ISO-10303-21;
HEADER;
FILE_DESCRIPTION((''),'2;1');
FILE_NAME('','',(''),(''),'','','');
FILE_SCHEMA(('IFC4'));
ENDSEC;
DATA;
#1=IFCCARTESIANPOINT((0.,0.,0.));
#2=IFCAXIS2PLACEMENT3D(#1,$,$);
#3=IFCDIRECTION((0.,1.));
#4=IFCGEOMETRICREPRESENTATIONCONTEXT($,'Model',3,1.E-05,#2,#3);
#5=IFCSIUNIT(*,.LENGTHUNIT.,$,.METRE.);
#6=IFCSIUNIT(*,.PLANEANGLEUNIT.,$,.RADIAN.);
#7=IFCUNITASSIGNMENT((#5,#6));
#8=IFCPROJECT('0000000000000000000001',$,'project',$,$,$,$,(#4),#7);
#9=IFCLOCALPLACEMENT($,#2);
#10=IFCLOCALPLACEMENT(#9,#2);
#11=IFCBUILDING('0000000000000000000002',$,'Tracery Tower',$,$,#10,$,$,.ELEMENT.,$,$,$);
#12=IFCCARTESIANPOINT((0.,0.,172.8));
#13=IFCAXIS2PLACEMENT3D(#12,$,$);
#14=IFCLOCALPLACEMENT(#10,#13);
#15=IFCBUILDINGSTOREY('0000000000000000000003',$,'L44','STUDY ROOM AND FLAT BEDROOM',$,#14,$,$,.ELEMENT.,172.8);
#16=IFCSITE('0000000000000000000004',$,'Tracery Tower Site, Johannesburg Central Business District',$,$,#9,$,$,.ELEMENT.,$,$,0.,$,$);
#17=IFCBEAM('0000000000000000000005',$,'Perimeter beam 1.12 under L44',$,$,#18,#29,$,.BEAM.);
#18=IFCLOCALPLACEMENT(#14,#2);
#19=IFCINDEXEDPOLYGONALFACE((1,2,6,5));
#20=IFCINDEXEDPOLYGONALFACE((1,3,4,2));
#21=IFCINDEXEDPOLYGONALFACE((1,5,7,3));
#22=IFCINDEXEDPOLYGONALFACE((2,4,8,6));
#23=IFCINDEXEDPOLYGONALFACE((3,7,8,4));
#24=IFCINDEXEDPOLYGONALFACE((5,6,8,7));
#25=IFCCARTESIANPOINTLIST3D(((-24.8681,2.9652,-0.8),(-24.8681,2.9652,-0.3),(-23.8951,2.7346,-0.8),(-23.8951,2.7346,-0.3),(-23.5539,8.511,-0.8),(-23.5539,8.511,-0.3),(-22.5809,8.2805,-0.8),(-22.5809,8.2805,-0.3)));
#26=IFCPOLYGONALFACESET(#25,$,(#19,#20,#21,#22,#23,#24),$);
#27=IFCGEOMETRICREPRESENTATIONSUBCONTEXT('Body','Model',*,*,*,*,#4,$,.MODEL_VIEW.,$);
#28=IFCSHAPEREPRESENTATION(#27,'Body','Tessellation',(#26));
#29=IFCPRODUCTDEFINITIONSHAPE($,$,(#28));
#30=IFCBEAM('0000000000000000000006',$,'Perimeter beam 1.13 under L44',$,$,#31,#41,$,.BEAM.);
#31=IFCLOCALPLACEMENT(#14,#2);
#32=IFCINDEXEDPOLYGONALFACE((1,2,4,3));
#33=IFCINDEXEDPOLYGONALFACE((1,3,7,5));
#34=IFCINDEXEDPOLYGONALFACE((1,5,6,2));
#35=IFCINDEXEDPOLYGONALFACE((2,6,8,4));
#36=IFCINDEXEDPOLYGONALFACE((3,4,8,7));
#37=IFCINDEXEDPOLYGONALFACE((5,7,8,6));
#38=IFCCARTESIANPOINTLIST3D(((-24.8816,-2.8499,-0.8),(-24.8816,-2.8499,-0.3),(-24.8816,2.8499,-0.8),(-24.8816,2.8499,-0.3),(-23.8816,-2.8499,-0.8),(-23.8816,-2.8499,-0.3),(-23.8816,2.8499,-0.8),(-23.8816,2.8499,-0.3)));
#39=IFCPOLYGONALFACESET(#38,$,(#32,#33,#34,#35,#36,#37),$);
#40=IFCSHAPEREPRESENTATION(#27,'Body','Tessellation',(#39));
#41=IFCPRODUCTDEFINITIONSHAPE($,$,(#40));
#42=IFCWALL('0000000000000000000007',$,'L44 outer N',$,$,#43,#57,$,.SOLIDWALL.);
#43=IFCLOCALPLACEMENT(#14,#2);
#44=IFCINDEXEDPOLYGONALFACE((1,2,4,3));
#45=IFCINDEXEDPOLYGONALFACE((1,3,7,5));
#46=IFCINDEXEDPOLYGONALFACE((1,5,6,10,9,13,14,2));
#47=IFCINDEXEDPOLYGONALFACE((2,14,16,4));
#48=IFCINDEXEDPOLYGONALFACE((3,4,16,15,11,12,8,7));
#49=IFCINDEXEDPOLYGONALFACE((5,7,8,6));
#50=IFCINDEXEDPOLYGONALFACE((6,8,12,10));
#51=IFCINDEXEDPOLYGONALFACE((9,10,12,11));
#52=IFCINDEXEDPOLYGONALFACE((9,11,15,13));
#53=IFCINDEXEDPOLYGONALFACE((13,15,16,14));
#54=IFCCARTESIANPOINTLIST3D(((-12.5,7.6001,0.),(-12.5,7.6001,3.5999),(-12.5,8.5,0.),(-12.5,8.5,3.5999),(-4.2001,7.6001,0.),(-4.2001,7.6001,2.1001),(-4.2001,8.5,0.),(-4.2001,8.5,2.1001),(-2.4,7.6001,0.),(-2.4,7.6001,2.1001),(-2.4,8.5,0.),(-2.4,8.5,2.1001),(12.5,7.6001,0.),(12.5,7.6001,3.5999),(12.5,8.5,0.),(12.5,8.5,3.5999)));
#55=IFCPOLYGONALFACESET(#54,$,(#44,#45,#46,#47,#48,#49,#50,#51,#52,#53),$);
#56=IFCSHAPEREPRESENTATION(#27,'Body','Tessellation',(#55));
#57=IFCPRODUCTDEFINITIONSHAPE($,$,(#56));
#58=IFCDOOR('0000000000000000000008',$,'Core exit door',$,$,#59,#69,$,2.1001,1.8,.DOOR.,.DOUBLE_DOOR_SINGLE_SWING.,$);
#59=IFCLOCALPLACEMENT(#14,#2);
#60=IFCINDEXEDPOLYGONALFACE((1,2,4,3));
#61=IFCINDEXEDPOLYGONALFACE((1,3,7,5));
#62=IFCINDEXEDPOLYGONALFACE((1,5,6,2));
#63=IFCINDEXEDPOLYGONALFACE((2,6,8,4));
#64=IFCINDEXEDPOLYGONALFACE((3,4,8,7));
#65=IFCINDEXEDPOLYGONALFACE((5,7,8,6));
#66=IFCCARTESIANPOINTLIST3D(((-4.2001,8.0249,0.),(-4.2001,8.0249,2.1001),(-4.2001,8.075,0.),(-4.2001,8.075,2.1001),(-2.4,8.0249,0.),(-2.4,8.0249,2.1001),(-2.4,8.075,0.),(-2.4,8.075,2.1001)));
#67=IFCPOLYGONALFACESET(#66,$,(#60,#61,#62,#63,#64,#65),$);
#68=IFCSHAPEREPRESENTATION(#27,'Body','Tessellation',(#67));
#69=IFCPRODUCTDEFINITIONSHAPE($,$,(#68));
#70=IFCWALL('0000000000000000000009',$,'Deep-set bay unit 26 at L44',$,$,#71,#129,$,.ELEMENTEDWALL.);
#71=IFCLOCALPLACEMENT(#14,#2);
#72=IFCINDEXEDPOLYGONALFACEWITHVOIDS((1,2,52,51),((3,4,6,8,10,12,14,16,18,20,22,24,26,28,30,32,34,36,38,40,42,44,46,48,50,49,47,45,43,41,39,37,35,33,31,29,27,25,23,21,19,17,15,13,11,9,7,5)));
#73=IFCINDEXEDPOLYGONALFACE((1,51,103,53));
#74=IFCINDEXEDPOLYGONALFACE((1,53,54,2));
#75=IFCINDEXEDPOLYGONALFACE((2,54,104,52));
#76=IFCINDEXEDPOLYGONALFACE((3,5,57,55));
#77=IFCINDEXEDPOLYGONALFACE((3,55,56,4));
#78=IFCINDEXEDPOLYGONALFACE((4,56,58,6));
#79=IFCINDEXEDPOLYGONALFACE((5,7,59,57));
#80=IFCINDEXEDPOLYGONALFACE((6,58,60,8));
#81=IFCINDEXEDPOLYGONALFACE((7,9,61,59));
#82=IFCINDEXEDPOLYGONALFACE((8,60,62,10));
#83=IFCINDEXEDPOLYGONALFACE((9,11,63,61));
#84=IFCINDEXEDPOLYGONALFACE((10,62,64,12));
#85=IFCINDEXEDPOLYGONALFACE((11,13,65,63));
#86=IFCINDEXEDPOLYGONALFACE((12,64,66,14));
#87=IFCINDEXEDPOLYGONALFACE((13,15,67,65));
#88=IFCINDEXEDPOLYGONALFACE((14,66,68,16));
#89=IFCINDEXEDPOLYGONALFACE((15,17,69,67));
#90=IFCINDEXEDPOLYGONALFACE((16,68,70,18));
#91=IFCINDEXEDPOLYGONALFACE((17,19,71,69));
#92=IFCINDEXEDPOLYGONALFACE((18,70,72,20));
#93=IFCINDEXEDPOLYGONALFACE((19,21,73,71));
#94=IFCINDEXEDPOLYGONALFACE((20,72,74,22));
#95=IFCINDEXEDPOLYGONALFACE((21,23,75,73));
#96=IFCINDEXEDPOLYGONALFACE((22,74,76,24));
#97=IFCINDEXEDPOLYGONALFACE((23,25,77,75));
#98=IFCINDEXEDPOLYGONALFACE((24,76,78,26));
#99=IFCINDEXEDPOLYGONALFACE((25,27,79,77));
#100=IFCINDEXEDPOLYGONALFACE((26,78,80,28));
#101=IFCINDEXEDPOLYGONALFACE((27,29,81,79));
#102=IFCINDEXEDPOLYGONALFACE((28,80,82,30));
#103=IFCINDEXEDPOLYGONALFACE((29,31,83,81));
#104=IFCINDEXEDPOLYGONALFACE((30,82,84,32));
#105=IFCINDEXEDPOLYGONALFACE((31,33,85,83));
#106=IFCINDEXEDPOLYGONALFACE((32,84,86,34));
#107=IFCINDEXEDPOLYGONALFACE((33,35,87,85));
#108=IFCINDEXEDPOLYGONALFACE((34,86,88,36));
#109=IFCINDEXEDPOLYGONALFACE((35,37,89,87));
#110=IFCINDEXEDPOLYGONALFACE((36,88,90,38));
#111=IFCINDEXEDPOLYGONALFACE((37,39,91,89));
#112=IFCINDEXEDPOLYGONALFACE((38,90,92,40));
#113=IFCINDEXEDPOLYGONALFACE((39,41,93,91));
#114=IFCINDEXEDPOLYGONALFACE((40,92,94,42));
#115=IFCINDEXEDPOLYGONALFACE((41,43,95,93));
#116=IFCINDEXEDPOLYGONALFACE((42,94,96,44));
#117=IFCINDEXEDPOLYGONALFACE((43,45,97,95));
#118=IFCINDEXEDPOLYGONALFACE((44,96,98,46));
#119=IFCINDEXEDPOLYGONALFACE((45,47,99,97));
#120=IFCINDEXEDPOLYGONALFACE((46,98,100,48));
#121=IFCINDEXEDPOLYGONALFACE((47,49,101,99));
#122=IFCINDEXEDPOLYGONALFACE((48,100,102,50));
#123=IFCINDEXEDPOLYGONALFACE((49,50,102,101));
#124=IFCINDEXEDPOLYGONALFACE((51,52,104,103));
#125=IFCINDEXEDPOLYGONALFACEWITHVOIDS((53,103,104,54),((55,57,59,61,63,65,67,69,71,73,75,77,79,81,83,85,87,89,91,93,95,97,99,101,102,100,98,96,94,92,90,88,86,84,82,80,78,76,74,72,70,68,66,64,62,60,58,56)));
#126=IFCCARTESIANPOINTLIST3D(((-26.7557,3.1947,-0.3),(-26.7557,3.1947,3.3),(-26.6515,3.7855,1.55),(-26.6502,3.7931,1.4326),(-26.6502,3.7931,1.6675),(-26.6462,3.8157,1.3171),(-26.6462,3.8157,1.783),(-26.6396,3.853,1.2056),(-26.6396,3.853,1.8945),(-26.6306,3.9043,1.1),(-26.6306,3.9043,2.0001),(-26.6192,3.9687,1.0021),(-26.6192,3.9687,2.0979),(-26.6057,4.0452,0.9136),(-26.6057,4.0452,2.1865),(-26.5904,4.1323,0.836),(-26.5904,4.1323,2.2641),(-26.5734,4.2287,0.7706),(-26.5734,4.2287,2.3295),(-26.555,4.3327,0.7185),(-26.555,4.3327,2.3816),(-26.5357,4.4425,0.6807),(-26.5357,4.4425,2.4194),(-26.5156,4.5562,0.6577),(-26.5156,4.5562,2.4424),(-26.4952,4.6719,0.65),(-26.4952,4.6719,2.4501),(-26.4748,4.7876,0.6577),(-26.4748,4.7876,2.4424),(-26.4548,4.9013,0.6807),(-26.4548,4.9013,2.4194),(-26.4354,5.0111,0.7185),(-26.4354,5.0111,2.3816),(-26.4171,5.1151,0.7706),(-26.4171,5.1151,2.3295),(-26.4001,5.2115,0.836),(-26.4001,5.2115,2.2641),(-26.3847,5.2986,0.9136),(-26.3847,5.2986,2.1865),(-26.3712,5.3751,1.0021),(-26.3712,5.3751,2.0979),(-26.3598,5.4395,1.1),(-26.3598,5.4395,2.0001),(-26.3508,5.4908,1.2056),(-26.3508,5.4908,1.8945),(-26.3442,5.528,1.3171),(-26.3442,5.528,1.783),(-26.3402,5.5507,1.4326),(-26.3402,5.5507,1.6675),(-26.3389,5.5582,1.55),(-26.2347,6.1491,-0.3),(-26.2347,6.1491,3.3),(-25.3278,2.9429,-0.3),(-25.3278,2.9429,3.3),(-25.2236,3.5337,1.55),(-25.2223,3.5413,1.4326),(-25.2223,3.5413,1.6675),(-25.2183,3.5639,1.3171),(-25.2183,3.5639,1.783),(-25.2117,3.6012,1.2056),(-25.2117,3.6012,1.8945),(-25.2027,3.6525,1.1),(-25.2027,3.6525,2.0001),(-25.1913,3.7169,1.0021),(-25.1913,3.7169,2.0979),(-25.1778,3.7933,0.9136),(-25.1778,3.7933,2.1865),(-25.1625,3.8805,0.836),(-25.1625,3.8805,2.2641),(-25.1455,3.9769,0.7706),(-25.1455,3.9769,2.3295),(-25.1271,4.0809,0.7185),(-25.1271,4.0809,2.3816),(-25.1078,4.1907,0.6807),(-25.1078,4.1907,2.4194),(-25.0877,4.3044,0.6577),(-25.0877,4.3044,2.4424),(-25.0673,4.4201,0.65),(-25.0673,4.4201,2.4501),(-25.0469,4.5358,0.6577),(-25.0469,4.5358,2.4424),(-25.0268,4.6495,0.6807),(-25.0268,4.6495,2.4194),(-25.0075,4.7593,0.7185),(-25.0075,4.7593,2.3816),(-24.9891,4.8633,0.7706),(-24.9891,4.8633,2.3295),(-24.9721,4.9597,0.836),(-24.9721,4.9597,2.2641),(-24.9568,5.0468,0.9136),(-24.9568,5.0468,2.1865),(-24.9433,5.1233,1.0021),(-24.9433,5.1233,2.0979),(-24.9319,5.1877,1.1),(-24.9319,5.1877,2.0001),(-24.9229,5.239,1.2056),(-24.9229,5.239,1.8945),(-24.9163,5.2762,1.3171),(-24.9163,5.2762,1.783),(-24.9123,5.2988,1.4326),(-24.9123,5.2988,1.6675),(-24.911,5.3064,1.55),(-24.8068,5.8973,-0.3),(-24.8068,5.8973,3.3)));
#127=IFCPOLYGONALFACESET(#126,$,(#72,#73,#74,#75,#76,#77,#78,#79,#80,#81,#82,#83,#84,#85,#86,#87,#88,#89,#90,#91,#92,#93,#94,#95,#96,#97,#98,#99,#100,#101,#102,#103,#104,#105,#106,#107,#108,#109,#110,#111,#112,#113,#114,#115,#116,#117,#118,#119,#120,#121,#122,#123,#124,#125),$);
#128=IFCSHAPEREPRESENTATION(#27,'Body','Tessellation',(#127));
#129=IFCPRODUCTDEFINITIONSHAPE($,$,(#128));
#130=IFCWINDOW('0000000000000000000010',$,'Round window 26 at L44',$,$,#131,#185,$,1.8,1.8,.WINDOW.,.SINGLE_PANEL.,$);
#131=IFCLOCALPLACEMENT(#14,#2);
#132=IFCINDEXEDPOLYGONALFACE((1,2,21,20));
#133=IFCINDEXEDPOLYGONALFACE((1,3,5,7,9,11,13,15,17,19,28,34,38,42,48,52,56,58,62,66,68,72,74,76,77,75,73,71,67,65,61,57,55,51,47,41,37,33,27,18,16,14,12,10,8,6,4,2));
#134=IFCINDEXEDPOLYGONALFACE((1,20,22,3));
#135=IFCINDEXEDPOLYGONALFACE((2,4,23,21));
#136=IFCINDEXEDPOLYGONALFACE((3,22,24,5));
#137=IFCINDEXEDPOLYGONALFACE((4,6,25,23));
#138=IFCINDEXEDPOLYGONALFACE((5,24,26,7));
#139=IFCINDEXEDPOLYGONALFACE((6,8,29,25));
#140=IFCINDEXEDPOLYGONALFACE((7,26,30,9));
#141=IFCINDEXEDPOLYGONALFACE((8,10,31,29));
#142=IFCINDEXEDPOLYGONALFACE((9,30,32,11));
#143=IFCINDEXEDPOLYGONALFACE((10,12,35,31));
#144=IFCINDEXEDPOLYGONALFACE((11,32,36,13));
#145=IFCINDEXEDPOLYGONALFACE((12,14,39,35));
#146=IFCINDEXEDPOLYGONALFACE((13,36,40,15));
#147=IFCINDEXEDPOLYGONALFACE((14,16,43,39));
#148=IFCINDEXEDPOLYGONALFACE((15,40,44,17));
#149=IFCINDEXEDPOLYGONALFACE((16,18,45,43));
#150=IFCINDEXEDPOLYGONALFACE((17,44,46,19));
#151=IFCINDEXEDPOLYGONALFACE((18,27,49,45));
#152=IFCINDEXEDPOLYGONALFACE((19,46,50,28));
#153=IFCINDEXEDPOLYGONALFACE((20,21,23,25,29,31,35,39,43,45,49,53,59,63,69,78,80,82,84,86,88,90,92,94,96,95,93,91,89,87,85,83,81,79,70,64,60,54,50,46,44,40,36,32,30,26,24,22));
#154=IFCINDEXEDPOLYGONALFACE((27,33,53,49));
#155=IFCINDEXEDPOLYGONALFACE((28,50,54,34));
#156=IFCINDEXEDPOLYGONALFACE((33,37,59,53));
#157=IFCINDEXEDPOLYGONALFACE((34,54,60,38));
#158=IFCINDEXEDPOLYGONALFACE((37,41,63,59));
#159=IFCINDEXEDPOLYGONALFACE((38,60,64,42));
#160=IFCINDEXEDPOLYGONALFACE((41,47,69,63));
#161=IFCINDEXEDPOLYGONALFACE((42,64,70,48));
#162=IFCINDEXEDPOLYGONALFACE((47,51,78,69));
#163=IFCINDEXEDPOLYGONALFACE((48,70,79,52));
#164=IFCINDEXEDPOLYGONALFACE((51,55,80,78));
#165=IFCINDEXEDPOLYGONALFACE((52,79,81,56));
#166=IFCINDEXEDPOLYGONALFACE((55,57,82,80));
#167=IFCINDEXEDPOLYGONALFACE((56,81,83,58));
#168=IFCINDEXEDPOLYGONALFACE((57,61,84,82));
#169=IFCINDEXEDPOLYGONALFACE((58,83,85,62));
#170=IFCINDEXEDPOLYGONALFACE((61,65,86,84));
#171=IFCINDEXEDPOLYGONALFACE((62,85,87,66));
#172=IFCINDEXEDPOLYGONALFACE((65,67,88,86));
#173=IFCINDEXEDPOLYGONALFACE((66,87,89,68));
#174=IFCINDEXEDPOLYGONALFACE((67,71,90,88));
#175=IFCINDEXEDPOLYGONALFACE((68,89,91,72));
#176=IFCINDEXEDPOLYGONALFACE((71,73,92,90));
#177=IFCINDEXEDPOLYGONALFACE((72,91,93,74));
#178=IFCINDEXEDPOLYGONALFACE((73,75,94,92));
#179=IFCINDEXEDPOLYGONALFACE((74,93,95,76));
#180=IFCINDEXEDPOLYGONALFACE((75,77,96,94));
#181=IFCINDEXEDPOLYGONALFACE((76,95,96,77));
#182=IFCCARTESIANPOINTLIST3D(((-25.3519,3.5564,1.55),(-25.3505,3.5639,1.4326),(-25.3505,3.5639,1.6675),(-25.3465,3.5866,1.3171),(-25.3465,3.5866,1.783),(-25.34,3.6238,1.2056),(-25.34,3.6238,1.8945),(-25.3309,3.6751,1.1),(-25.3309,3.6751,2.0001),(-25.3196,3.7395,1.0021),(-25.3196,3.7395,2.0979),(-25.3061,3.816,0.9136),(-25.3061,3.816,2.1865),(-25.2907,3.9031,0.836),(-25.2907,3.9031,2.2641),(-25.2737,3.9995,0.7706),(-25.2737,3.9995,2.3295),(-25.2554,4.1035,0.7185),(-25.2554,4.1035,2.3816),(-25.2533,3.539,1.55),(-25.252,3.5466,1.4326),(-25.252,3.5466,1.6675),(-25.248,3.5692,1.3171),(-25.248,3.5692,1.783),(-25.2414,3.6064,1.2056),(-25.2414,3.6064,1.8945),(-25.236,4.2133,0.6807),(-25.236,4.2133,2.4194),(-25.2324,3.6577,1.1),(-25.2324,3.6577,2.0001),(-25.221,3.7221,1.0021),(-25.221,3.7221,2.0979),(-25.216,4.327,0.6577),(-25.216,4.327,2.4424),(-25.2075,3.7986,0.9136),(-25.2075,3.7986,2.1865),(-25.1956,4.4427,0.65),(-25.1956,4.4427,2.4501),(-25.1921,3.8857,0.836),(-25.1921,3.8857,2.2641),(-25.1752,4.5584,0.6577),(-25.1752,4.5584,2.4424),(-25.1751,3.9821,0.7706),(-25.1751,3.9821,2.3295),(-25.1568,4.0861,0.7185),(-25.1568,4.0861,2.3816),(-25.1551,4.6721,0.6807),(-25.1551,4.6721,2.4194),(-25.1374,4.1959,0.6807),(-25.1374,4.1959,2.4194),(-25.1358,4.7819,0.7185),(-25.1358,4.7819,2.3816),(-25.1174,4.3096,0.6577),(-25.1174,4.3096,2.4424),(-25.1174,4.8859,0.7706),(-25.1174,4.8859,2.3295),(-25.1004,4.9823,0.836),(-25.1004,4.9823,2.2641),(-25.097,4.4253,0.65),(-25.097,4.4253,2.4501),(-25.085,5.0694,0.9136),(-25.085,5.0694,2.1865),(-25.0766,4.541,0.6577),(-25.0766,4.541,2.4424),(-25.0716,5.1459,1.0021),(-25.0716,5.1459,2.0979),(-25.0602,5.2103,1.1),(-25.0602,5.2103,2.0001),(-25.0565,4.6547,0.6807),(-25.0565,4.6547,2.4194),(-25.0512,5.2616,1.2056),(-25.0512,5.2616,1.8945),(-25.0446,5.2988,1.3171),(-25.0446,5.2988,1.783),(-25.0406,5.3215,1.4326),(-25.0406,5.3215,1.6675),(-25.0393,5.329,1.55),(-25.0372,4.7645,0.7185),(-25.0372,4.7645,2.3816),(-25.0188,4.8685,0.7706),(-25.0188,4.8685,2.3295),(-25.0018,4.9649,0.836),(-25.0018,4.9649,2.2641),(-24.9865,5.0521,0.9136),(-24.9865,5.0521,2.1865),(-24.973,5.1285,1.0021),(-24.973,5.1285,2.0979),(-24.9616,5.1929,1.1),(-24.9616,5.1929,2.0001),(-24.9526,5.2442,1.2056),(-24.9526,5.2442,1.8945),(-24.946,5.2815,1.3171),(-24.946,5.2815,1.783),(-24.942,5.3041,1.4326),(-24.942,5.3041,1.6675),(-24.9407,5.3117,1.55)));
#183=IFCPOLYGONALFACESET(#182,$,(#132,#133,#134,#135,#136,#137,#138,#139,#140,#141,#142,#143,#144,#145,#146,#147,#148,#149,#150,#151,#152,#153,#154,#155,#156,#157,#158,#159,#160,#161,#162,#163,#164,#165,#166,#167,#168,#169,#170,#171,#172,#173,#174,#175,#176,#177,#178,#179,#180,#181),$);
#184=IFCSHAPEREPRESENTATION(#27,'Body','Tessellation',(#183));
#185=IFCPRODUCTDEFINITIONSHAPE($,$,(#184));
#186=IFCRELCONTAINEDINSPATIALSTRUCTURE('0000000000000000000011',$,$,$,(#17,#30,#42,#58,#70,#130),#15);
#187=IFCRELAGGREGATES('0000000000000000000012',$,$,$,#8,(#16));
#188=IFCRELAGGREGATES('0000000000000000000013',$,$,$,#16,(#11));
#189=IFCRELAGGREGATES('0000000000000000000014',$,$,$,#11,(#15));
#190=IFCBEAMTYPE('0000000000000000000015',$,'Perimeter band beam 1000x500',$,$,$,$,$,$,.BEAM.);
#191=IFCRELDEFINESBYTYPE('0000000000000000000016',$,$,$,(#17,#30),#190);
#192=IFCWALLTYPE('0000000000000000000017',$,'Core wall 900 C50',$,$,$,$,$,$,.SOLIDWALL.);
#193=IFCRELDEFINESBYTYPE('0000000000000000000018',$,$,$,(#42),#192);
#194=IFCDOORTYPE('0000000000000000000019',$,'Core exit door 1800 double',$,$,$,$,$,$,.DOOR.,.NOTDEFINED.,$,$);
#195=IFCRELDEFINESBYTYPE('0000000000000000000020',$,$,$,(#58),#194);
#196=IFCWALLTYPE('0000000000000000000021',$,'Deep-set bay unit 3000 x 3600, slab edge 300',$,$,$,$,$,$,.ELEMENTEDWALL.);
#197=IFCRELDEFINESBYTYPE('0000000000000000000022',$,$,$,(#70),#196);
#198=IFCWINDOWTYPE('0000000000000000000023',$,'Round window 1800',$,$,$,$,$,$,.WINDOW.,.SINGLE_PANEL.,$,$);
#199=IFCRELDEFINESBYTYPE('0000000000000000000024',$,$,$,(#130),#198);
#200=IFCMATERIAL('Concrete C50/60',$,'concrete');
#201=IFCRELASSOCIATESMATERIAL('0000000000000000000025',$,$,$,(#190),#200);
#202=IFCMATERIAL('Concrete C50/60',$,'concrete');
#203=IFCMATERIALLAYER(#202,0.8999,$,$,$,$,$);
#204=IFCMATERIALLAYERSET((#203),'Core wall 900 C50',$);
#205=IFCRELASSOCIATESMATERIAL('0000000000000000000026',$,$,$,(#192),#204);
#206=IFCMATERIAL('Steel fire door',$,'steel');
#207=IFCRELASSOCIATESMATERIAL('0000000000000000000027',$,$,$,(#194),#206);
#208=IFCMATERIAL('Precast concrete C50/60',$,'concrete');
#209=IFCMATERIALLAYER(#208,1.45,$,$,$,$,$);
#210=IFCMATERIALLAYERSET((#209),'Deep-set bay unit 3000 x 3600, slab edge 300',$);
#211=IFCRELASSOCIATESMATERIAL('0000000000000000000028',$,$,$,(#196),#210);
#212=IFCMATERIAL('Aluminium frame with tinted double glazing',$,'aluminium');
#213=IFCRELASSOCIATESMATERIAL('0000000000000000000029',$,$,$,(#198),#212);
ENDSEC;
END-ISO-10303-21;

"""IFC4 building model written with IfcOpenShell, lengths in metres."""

from ifc_helpers import new_model, si_unit, direction, frame, frame_2d, origin, origin_2d, place, context, subcontext, project, spatial, rectangle, circle, extrude, material, layer, layer_set, material_profile, profile_set, type_object, element, fill, save


model = new_model("IFC4")

# Units and contexts
model_context = context("Model", 3, precision=1e-05, world=origin(), true_north=direction((0.0, 1.0)))
body_context = subcontext(model_context, "Body", "Model", "MODEL_VIEW")
ifc_project = project(units=[si_unit("LENGTHUNIT", "METRE"), si_unit("PLANEANGLEUNIT", "RADIAN")], contexts=[model_context])

# Site, building, storey
site_placement = place(None, origin())
site = spatial("IfcSite", under=ifc_project, at=site_placement, Name="Tracery Tower Site, Johannesburg Central Business District", CompositionType="ELEMENT", RefElevation=0.0)
building_placement = place(site_placement, origin())
building = spatial("IfcBuilding", under=site, at=building_placement, Name="Tracery Tower", CompositionType="ELEMENT")
storey_placement = place(building_placement, frame((0.0, 0.0, 172.8)))
storey = spatial("IfcBuildingStorey", under=building, at=storey_placement, Name="L44", Description="STUDY ROOM AND FLAT BEDROOM", CompositionType="ELEMENT", Elevation=172.8)

# Beams
ifc_material_1 = material(Name="Concrete C50/60", Category="concrete")
ifc_material_profile_1 = material_profile(ifc_material_1, rectangle(XDim=1.0, YDim=0.5, at=origin_2d()), Name="RC 1000x500")
ifc_profile_set_1 = profile_set([ifc_material_profile_1], Name="Concrete C50/60")
beam_type = type_object("IfcBeamType", Name="Perimeter band beam 1000x500", PredefinedType="BEAM", material=ifc_profile_set_1)
beam_1_placement = place(storey_placement, frame((-23.0674, 8.3958, -0.55), z_axis=(-0.230584, -0.973052, 0.0), x_axis=(0.973052, -0.230584, 0.0)))
element("IfcBeam", 1, at=beam_1_placement, inside=storey, type_object=beam_type, Name="Perimeter beam 1.12 under L44", PredefinedType="BEAM", context=body_context, shape_type="SweptSolid", body=[
    extrude(rectangle(XDim=1.0, YDim=0.5, at=origin_2d()), origin(), (0.0, 0.0, 1.0), 5.6995),
])
beam_2_placement = place(storey_placement, frame((-24.3816, 2.8499, -0.55), z_axis=(0.0, -1.0, 0.0), x_axis=(1.0, 0.0, 0.0)))
element("IfcBeam", 2, at=beam_2_placement, inside=storey, type_object=beam_type, Name="Perimeter beam 1.13 under L44", PredefinedType="BEAM", context=body_context, shape_type="SweptSolid", body=[
    extrude(rectangle(XDim=1.0, YDim=0.5, at=origin_2d()), origin(), (0.0, 0.0, 1.0), 5.6997),
])

# Wall, opening, door
ifc_material_2 = material(Name="Concrete C50/60", Category="concrete")
ifc_layer_1 = layer(ifc_material_2, 0.8999)
ifc_layer_set_1 = layer_set([ifc_layer_1], Name="Core wall 900 C50")
wall_type_1 = type_object("IfcWallType", Name="Core wall 900 C50", PredefinedType="SOLIDWALL", material=ifc_layer_set_1)
wall_1_placement = place(storey_placement, frame((-12.5, 8.05, 0.0), z_axis=(0.0, 0.0, 1.0), x_axis=(1.0, 0.0, 0.0)))
wall_1 = element("IfcWall", 3, at=wall_1_placement, inside=storey, type_object=wall_type_1, Name="L44 outer N", PredefinedType="SOLIDWALL", context=body_context, shape_type="SweptSolid", body=[
    extrude(rectangle(XDim=25.0, YDim=0.8999, at=frame_2d((12.5, 0.0))), origin(), (0.0, 0.0, 1.0), 3.5999),
])
opening_1_placement = place(wall_1_placement, frame((8.3, 0.0, 0.0)))
opening_1 = element("IfcOpeningElement", 4, at=opening_1_placement, cuts=wall_1, PredefinedType="OPENING", context=body_context, shape_type="SweptSolid", body=[
    extrude(rectangle(XDim=1.8, YDim=2.1001, at=frame_2d((0.8999, 1.05))), frame((0.0, 0.45, 0.0), z_axis=(0.0, -1.0, 0.0), x_axis=(1.0, 0.0, 0.0)), (0.0, 0.0, 1.0), 0.8999),
])
ifc_material_3 = material(Name="Steel fire door", Category="steel")
door_type_1 = type_object("IfcDoorType", Name="Core exit door 1800 double", OperationType="NOTDEFINED", PredefinedType="DOOR", material=ifc_material_3)
door_1_placement = place(opening_1_placement, origin())
door_1 = element("IfcDoor", 5, at=door_1_placement, inside=storey, type_object=door_type_1, Name="Core exit door", OperationType="DOUBLE_DOOR_SINGLE_SWING", OverallHeight=2.1001, OverallWidth=1.8, PredefinedType="DOOR", context=body_context, shape_type="SweptSolid", body=[
    extrude(rectangle(XDim=1.8, YDim=2.1001, at=frame_2d((0.8999, 1.05))), frame((0.0, 0.0249, 0.0), z_axis=(0.0, -1.0, 0.0), x_axis=(1.0, 0.0, 0.0)), (0.0, 0.0, 1.0), 0.05),
])
fill(opening_1, door_1)

# Wall, opening, window
ifc_material_4 = material(Name="Precast concrete C50/60", Category="concrete")
ifc_layer_2 = layer(ifc_material_4, 1.45)
ifc_layer_set_2 = layer_set([ifc_layer_2], Name="Deep-set bay unit 3000 x 3600, slab edge 300")
wall_type_2 = type_object("IfcWallType", Name="Deep-set bay unit 3000 x 3600, slab edge 300", PredefinedType="ELEMENTEDWALL", material=ifc_layer_set_2)
wall_2_placement = place(storey_placement, frame((-25.5208, 6.0232, -0.3), z_axis=(0.0, 0.0, 1.0), x_axis=(-0.173669, -0.984804, 0.0)))
wall_2 = element("IfcWall", 6, at=wall_2_placement, inside=storey, type_object=wall_type_2, Name="Deep-set bay unit 26 at L44", PredefinedType="ELEMENTEDWALL", context=body_context, shape_type="SweptSolid", body=[
    extrude(rectangle(XDim=3.0, YDim=1.45, at=frame_2d((1.5, 0.0))), origin(), (0.0, 0.0, 1.0), 3.6001),
])
opening_2_placement = place(wall_2_placement, frame((1.5, 0.0, 1.8501)))
opening_2 = element("IfcOpeningElement", 7, at=opening_2_placement, cuts=wall_2, PredefinedType="OPENING", context=body_context, shape_type="SweptSolid", body=[
    extrude(circle(Radius=0.9, at=origin_2d()), frame((0.0, 0.7349, 0.0), z_axis=(0.0, -1.0, 0.0), x_axis=(1.0, 0.0, 0.0)), (0.0, 0.0, 1.0), 1.47),
])
ifc_material_5 = material(Name="Aluminium frame with tinted double glazing", Category="aluminium")
window_type = type_object("IfcWindowType", Name="Round window 1800", PartitioningType="SINGLE_PANEL", PredefinedType="WINDOW", material=ifc_material_5)
window_1_placement = place(opening_2_placement, origin())
window_1 = element("IfcWindow", 8, at=window_1_placement, inside=storey, type_object=window_type, Name="Round window 26 at L44", OverallHeight=1.8, OverallWidth=1.8, PartitioningType="SINGLE_PANEL", PredefinedType="WINDOW", context=body_context, shape_type="SweptSolid", body=[
    extrude(circle(Radius=0.9, at=origin_2d()), frame((0.0, 0.6948, 0.0), z_axis=(0.0, -1.0, 0.0), x_axis=(1.0, 0.0, 0.0)), (0.0, 0.0, 1.0), 0.1001),
])
fill(opening_2, window_1)

save(model, "model.ifc")
